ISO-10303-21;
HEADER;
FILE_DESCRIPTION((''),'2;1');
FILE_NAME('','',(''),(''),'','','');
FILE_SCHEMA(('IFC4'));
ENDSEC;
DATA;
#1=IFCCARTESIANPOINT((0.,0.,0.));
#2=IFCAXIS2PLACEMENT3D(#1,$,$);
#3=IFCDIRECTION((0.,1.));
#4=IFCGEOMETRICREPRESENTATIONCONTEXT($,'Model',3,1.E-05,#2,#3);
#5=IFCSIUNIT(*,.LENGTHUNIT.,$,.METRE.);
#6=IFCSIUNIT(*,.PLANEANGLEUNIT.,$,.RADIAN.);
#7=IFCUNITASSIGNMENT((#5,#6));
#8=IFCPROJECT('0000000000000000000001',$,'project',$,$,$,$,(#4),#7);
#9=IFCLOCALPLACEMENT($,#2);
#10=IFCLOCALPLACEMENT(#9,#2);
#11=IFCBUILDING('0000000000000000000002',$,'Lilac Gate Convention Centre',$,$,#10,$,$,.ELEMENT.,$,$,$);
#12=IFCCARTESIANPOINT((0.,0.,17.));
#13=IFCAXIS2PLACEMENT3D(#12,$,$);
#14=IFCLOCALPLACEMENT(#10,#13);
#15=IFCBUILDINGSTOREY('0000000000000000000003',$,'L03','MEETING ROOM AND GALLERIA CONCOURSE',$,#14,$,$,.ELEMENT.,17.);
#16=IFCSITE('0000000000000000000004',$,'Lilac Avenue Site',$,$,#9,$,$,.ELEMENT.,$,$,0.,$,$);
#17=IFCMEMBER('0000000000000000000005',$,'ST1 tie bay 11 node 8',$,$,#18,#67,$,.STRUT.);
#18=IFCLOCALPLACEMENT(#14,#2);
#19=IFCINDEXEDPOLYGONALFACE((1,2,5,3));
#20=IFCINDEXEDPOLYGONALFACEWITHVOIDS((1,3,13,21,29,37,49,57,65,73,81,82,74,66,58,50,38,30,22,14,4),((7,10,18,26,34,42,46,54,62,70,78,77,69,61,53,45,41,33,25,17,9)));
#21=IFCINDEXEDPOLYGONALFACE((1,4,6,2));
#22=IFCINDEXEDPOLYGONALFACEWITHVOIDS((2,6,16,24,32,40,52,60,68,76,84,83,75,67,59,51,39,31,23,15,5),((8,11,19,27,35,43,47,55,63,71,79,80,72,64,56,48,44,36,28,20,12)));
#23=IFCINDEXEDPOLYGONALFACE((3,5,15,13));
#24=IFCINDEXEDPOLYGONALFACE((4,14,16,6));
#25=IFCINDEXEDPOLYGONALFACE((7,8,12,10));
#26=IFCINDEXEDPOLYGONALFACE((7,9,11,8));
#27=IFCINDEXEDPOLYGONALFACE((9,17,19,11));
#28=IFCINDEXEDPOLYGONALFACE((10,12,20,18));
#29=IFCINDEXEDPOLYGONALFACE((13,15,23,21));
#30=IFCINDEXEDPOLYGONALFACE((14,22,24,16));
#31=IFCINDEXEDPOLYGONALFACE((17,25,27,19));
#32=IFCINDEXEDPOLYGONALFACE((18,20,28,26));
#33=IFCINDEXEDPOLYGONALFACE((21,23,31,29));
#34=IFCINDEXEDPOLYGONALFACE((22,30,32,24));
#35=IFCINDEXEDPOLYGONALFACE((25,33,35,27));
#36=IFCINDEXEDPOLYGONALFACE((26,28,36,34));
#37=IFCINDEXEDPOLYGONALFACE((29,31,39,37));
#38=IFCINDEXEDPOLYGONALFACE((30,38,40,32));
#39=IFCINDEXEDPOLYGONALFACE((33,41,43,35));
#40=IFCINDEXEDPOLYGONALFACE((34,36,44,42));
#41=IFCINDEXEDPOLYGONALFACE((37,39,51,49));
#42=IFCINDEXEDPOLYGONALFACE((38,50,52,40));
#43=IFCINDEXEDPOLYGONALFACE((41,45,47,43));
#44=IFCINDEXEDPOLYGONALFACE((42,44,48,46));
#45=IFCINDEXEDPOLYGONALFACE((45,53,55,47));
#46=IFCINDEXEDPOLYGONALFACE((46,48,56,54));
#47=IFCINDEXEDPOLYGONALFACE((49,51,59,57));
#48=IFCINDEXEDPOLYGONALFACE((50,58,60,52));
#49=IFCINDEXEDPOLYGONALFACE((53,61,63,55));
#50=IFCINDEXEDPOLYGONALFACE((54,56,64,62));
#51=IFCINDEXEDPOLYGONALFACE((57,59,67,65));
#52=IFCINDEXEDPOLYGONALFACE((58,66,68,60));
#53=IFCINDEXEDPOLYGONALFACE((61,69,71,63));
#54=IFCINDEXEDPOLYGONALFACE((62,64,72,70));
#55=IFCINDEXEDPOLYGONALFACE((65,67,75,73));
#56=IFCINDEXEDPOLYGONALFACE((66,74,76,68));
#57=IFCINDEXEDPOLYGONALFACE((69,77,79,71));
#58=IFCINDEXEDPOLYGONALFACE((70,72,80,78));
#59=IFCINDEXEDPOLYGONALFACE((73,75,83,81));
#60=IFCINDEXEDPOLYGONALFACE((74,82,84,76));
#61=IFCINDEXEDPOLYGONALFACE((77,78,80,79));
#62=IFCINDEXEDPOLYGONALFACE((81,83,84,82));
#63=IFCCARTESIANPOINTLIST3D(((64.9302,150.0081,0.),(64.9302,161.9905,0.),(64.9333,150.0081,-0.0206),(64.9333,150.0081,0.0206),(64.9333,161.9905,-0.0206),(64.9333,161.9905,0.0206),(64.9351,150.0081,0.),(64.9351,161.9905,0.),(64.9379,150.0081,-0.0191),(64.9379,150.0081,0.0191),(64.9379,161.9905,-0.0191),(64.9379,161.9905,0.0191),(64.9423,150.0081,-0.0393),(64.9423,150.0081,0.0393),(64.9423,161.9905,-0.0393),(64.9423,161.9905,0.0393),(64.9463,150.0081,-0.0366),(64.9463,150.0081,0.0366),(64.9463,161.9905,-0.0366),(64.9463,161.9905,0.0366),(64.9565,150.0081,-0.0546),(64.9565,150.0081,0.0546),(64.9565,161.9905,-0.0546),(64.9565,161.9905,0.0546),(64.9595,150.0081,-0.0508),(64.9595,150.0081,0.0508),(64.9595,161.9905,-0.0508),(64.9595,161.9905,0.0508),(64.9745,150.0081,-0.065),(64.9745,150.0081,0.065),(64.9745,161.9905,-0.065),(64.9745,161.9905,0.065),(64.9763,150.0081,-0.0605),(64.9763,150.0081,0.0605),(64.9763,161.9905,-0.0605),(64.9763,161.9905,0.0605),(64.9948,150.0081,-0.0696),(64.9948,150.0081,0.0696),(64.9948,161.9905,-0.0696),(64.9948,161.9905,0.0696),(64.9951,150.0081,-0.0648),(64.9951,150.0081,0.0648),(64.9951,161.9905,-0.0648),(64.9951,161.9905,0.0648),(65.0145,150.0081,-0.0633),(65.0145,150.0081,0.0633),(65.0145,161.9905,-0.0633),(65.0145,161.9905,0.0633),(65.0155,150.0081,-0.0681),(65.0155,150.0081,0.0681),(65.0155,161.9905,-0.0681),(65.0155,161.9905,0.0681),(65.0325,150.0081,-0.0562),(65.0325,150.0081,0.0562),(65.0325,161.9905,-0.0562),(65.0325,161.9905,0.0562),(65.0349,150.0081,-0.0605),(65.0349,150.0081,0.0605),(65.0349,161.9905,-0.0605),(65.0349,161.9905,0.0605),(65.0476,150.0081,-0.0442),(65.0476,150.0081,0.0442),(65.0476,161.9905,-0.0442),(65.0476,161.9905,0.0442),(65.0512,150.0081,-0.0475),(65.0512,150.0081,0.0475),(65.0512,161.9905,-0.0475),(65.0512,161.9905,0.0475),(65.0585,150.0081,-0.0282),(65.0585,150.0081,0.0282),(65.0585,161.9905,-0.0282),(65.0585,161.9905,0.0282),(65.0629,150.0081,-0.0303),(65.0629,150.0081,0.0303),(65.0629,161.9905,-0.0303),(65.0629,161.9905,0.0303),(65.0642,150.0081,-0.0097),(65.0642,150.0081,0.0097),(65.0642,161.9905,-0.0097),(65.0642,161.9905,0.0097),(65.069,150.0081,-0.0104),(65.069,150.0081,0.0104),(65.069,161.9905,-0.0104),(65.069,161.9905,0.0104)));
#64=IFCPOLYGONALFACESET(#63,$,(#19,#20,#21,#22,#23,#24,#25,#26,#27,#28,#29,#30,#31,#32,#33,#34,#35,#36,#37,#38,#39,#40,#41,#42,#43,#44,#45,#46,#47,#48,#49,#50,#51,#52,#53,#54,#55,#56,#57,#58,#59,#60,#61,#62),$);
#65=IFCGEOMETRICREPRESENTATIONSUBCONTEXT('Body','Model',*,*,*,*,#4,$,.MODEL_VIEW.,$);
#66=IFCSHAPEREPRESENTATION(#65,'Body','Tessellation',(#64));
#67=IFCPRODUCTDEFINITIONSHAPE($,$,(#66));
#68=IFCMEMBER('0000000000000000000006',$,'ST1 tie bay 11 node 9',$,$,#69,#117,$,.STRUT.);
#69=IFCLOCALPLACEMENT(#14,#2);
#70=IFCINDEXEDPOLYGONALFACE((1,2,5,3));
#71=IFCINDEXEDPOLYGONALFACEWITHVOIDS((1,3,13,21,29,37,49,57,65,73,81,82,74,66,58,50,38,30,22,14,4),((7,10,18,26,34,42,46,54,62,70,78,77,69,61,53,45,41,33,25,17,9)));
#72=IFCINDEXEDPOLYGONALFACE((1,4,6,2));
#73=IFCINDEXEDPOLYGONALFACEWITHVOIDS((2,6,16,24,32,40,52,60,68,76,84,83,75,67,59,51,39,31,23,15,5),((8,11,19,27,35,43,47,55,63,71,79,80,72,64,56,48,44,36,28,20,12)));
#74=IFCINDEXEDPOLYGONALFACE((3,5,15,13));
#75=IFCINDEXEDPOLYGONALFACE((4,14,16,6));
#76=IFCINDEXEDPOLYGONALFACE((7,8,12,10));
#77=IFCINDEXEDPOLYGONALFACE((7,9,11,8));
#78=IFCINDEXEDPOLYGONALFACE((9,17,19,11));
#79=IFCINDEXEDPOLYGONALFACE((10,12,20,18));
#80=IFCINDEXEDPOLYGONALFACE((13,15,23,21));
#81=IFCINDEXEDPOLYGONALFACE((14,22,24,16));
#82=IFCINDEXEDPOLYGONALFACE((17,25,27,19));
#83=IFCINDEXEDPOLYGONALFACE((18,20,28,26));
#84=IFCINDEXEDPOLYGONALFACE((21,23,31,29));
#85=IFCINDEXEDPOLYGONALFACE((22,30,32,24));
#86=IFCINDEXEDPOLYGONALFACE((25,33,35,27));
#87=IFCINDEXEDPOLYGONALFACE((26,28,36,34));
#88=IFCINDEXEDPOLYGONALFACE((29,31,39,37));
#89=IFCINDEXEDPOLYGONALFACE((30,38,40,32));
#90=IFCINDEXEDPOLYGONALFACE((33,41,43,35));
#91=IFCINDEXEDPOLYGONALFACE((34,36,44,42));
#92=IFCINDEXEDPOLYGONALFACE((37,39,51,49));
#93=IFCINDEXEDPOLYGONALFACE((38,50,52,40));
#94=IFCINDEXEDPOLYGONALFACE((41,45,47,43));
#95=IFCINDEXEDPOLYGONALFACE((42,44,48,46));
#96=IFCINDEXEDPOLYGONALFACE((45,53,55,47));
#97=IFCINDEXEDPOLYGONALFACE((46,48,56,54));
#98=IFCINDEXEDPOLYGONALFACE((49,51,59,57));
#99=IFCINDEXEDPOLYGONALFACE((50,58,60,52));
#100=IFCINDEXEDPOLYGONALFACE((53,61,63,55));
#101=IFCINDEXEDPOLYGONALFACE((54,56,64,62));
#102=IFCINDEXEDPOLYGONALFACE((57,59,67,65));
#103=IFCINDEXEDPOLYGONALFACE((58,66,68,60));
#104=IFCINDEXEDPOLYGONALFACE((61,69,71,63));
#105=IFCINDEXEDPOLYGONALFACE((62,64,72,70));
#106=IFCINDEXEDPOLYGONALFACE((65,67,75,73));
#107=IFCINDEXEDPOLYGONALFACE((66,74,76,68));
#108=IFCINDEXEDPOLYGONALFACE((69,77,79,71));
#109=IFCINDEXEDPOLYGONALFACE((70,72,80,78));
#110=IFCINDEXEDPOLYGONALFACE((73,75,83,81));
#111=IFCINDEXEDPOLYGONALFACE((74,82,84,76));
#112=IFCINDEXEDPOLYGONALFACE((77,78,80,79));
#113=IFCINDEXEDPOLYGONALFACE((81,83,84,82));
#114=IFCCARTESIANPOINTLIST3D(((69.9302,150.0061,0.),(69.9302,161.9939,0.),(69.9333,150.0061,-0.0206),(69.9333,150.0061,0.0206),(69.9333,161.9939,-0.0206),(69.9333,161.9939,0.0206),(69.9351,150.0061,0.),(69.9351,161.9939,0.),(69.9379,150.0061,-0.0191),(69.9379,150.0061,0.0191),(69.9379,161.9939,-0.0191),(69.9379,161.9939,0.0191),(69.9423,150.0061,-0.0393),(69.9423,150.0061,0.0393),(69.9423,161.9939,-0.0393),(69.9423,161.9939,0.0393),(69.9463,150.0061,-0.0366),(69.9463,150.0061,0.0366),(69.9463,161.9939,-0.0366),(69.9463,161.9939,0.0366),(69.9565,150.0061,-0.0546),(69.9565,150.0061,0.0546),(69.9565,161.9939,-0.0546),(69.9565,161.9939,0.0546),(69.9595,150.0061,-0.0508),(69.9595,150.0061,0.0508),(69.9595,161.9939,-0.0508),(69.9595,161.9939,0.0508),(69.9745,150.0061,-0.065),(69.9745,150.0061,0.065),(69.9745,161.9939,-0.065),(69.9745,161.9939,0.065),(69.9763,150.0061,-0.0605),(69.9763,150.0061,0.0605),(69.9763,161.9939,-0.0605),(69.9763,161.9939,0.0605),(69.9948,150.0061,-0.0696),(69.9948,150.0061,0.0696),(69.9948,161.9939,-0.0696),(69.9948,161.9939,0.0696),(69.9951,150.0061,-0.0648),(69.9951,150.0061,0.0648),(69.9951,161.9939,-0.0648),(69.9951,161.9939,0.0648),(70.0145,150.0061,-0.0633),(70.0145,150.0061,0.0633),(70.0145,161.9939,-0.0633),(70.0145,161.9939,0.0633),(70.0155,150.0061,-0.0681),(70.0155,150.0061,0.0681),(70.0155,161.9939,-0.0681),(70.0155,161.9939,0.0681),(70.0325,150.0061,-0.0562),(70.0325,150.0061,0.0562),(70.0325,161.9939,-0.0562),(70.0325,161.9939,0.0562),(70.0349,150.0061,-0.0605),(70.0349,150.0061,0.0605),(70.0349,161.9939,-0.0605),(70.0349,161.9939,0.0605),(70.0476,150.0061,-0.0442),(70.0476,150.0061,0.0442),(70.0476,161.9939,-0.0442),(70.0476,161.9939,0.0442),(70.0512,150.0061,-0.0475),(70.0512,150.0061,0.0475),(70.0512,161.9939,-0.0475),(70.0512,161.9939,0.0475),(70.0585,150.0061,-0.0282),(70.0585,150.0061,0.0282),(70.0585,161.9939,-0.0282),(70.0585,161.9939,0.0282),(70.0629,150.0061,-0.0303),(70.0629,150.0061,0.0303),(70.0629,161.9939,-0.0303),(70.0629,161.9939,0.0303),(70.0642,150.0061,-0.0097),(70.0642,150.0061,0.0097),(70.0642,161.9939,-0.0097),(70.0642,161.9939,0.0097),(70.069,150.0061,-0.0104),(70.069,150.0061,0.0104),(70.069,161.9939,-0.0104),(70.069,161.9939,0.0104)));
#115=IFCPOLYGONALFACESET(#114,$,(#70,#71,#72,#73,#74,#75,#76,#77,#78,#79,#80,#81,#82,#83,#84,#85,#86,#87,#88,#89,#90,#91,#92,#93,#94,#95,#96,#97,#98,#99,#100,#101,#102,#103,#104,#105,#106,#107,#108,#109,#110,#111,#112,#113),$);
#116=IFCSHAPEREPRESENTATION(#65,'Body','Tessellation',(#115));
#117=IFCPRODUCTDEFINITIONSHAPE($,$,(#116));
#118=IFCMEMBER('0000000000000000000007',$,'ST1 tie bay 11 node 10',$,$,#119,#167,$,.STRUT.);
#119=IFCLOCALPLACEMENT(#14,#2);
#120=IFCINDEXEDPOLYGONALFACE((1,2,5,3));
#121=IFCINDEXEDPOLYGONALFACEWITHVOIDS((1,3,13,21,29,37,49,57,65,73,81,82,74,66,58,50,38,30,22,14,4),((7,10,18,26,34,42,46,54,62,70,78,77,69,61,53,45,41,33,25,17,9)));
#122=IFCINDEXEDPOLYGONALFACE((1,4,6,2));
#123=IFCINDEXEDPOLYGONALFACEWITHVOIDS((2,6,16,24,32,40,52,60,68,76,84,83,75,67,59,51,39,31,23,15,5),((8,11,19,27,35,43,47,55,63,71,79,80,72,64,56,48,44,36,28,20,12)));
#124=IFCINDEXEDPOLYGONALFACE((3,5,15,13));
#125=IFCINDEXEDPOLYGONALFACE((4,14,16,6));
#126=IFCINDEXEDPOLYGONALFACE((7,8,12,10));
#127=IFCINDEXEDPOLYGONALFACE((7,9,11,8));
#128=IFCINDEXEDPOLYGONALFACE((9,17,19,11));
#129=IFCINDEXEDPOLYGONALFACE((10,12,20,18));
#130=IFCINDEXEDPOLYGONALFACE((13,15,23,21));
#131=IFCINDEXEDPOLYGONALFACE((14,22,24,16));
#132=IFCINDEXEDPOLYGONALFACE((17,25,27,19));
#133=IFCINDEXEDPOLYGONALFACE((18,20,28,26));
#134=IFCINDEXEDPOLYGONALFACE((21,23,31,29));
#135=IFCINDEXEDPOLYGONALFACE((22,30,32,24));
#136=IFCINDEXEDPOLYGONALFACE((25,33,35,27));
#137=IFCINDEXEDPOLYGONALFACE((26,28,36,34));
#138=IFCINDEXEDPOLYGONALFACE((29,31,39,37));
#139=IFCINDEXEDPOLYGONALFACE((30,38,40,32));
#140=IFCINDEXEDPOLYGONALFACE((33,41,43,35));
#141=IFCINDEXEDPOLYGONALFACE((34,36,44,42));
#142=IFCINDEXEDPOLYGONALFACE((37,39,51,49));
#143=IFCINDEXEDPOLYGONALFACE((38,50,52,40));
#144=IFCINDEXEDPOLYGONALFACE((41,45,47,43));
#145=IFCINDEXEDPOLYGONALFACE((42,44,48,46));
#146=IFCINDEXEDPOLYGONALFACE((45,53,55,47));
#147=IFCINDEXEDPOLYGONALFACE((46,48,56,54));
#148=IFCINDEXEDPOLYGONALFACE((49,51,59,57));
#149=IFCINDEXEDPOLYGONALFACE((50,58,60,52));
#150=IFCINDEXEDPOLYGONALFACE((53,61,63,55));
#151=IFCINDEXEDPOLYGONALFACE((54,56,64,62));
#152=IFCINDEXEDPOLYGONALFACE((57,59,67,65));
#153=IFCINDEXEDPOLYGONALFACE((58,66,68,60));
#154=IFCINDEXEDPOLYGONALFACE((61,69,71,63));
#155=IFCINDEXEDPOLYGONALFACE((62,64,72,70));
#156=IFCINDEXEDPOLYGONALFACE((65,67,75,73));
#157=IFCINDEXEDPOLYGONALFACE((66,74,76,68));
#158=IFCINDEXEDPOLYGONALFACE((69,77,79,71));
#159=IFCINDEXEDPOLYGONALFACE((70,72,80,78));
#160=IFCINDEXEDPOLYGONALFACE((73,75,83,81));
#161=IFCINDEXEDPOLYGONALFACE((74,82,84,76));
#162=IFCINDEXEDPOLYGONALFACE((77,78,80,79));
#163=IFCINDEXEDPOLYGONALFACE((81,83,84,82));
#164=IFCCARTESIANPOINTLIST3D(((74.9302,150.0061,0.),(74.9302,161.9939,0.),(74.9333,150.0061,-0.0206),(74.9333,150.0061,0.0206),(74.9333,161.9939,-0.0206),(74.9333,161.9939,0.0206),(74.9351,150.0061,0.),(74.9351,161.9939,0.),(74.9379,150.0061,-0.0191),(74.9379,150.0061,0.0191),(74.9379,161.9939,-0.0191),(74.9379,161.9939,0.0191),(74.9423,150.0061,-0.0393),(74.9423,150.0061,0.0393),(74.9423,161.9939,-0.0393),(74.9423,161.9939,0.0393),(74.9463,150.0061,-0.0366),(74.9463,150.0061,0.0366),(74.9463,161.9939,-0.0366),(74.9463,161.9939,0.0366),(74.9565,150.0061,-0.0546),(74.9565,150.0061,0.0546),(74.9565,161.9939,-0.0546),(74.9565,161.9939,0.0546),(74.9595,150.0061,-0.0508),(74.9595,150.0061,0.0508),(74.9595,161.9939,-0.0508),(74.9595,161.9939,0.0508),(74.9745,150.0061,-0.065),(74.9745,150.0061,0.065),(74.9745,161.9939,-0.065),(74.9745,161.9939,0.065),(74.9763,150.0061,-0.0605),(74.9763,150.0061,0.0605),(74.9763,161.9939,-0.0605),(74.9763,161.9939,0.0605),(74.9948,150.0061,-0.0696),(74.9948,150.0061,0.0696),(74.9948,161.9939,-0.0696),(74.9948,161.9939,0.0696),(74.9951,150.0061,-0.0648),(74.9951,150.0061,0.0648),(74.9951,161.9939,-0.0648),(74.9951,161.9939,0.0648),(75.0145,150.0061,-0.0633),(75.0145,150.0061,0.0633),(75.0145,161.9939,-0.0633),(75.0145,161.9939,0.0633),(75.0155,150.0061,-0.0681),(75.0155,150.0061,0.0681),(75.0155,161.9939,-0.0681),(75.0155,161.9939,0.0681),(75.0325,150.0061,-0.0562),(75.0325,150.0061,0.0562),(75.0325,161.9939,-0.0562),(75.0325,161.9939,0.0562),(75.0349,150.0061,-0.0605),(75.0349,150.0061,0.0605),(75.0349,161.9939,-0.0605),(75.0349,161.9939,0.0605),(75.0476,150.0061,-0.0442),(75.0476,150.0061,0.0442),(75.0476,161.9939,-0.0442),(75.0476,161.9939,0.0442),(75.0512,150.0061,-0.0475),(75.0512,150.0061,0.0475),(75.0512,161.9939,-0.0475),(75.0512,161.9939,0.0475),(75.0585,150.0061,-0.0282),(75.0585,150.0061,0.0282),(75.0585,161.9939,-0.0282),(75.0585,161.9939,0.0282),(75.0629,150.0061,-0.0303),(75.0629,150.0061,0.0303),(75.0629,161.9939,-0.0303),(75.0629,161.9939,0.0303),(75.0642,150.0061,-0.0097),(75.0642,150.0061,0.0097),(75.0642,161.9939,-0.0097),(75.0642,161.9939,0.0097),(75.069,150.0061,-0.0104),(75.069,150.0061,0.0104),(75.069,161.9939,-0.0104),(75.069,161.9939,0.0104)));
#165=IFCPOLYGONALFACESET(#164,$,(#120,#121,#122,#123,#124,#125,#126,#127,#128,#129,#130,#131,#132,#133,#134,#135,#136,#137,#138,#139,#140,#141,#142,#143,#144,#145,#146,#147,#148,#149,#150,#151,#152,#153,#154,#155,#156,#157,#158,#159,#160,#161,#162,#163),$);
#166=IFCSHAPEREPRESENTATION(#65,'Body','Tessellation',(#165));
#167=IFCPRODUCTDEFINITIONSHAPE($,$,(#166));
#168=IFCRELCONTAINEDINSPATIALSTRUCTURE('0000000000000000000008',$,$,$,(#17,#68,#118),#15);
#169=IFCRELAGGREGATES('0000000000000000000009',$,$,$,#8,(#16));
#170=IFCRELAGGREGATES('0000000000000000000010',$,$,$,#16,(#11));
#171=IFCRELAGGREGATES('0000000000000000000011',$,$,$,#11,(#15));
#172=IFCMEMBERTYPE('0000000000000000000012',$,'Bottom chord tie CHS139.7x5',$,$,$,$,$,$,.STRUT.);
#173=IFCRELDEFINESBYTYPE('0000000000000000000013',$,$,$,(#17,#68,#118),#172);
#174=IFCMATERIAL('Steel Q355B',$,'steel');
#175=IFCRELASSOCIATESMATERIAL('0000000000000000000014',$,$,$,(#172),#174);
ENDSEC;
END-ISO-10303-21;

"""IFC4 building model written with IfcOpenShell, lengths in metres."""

from ifc_helpers import new_model, si_unit, direction, frame, origin, origin_2d, place, context, subcontext, project, spatial, hollow_circle, extrude, material, material_profile, profile_set, type_object, element, save


model = new_model("IFC4")

# Units and contexts
model_context = context("Model", 3, precision=1e-05, world=origin(), true_north=direction((0.0, 1.0)))
body_context = subcontext(model_context, "Body", "Model", "MODEL_VIEW")
ifc_project = project(units=[si_unit("LENGTHUNIT", "METRE"), si_unit("PLANEANGLEUNIT", "RADIAN")], contexts=[model_context])

# Site, building, storey
site_placement = place(None, origin())
site = spatial("IfcSite", under=ifc_project, at=site_placement, Name="Lilac Avenue Site", CompositionType="ELEMENT", RefElevation=0.0)
building_placement = place(site_placement, origin())
building = spatial("IfcBuilding", under=site, at=building_placement, Name="Lilac Gate Convention Centre", CompositionType="ELEMENT")
storey_placement = place(building_placement, frame((0.0, 0.0, 17.0)))
storey = spatial("IfcBuildingStorey", under=building, at=storey_placement, Name="L03", Description="MEETING ROOM AND GALLERIA CONCOURSE", CompositionType="ELEMENT", Elevation=17.0)

# Members
ifc_material = material(Name="Steel Q355B", Category="steel")
ifc_material_profile_1 = material_profile(ifc_material, hollow_circle(Radius=0.0698, WallThickness=0.0049, at=origin_2d()), Name="CHS139.7x5")
ifc_profile_set_1 = profile_set([ifc_material_profile_1], Name="Steel Q355B")
member_type_1 = type_object("IfcMemberType", Name="Bottom chord tie CHS139.7x5", PredefinedType="STRUT", material=ifc_profile_set_1)
member_1_placement = place(storey_placement, frame((65.0, 150.0081, 0.0), z_axis=(0.0, 1.0, 0.0), x_axis=(-1.0, 0.0, 0.0)))
element("IfcMember", 1, at=member_1_placement, inside=storey, type_object=member_type_1, Name="ST1 tie bay 11 node 8", PredefinedType="STRUT", context=body_context, shape_type="SweptSolid", body=[
    extrude(hollow_circle(Radius=0.0698, WallThickness=0.0049, at=origin_2d()), origin(), (0.0, 0.0, 1.0), 11.9824),
])
for number, where, z_axis, x_axis, name in (
    (2, (70.0, 150.0061, 0.0), (0.0, 1.0, 0.0), (-1.0, 0.0, 0.0), "ST1 tie bay 11 node 9"),
    (3, (75.0, 150.0061, 0.0), (0.0, 1.0, 0.0), (-1.0, 0.0, 0.0), "ST1 tie bay 11 node 10"),
):
    element("IfcMember", number, at=place(storey_placement, frame(where, z_axis=z_axis, x_axis=x_axis)), inside=storey, type_object=member_type_1, Name=name, PredefinedType="STRUT", context=body_context, shape_type="SweptSolid", body=[
        extrude(hollow_circle(Radius=0.0698, WallThickness=0.0049, at=origin_2d()), origin(), (0.0, 0.0, 1.0), 11.9878),
    ])

save(model, "model.ifc")
